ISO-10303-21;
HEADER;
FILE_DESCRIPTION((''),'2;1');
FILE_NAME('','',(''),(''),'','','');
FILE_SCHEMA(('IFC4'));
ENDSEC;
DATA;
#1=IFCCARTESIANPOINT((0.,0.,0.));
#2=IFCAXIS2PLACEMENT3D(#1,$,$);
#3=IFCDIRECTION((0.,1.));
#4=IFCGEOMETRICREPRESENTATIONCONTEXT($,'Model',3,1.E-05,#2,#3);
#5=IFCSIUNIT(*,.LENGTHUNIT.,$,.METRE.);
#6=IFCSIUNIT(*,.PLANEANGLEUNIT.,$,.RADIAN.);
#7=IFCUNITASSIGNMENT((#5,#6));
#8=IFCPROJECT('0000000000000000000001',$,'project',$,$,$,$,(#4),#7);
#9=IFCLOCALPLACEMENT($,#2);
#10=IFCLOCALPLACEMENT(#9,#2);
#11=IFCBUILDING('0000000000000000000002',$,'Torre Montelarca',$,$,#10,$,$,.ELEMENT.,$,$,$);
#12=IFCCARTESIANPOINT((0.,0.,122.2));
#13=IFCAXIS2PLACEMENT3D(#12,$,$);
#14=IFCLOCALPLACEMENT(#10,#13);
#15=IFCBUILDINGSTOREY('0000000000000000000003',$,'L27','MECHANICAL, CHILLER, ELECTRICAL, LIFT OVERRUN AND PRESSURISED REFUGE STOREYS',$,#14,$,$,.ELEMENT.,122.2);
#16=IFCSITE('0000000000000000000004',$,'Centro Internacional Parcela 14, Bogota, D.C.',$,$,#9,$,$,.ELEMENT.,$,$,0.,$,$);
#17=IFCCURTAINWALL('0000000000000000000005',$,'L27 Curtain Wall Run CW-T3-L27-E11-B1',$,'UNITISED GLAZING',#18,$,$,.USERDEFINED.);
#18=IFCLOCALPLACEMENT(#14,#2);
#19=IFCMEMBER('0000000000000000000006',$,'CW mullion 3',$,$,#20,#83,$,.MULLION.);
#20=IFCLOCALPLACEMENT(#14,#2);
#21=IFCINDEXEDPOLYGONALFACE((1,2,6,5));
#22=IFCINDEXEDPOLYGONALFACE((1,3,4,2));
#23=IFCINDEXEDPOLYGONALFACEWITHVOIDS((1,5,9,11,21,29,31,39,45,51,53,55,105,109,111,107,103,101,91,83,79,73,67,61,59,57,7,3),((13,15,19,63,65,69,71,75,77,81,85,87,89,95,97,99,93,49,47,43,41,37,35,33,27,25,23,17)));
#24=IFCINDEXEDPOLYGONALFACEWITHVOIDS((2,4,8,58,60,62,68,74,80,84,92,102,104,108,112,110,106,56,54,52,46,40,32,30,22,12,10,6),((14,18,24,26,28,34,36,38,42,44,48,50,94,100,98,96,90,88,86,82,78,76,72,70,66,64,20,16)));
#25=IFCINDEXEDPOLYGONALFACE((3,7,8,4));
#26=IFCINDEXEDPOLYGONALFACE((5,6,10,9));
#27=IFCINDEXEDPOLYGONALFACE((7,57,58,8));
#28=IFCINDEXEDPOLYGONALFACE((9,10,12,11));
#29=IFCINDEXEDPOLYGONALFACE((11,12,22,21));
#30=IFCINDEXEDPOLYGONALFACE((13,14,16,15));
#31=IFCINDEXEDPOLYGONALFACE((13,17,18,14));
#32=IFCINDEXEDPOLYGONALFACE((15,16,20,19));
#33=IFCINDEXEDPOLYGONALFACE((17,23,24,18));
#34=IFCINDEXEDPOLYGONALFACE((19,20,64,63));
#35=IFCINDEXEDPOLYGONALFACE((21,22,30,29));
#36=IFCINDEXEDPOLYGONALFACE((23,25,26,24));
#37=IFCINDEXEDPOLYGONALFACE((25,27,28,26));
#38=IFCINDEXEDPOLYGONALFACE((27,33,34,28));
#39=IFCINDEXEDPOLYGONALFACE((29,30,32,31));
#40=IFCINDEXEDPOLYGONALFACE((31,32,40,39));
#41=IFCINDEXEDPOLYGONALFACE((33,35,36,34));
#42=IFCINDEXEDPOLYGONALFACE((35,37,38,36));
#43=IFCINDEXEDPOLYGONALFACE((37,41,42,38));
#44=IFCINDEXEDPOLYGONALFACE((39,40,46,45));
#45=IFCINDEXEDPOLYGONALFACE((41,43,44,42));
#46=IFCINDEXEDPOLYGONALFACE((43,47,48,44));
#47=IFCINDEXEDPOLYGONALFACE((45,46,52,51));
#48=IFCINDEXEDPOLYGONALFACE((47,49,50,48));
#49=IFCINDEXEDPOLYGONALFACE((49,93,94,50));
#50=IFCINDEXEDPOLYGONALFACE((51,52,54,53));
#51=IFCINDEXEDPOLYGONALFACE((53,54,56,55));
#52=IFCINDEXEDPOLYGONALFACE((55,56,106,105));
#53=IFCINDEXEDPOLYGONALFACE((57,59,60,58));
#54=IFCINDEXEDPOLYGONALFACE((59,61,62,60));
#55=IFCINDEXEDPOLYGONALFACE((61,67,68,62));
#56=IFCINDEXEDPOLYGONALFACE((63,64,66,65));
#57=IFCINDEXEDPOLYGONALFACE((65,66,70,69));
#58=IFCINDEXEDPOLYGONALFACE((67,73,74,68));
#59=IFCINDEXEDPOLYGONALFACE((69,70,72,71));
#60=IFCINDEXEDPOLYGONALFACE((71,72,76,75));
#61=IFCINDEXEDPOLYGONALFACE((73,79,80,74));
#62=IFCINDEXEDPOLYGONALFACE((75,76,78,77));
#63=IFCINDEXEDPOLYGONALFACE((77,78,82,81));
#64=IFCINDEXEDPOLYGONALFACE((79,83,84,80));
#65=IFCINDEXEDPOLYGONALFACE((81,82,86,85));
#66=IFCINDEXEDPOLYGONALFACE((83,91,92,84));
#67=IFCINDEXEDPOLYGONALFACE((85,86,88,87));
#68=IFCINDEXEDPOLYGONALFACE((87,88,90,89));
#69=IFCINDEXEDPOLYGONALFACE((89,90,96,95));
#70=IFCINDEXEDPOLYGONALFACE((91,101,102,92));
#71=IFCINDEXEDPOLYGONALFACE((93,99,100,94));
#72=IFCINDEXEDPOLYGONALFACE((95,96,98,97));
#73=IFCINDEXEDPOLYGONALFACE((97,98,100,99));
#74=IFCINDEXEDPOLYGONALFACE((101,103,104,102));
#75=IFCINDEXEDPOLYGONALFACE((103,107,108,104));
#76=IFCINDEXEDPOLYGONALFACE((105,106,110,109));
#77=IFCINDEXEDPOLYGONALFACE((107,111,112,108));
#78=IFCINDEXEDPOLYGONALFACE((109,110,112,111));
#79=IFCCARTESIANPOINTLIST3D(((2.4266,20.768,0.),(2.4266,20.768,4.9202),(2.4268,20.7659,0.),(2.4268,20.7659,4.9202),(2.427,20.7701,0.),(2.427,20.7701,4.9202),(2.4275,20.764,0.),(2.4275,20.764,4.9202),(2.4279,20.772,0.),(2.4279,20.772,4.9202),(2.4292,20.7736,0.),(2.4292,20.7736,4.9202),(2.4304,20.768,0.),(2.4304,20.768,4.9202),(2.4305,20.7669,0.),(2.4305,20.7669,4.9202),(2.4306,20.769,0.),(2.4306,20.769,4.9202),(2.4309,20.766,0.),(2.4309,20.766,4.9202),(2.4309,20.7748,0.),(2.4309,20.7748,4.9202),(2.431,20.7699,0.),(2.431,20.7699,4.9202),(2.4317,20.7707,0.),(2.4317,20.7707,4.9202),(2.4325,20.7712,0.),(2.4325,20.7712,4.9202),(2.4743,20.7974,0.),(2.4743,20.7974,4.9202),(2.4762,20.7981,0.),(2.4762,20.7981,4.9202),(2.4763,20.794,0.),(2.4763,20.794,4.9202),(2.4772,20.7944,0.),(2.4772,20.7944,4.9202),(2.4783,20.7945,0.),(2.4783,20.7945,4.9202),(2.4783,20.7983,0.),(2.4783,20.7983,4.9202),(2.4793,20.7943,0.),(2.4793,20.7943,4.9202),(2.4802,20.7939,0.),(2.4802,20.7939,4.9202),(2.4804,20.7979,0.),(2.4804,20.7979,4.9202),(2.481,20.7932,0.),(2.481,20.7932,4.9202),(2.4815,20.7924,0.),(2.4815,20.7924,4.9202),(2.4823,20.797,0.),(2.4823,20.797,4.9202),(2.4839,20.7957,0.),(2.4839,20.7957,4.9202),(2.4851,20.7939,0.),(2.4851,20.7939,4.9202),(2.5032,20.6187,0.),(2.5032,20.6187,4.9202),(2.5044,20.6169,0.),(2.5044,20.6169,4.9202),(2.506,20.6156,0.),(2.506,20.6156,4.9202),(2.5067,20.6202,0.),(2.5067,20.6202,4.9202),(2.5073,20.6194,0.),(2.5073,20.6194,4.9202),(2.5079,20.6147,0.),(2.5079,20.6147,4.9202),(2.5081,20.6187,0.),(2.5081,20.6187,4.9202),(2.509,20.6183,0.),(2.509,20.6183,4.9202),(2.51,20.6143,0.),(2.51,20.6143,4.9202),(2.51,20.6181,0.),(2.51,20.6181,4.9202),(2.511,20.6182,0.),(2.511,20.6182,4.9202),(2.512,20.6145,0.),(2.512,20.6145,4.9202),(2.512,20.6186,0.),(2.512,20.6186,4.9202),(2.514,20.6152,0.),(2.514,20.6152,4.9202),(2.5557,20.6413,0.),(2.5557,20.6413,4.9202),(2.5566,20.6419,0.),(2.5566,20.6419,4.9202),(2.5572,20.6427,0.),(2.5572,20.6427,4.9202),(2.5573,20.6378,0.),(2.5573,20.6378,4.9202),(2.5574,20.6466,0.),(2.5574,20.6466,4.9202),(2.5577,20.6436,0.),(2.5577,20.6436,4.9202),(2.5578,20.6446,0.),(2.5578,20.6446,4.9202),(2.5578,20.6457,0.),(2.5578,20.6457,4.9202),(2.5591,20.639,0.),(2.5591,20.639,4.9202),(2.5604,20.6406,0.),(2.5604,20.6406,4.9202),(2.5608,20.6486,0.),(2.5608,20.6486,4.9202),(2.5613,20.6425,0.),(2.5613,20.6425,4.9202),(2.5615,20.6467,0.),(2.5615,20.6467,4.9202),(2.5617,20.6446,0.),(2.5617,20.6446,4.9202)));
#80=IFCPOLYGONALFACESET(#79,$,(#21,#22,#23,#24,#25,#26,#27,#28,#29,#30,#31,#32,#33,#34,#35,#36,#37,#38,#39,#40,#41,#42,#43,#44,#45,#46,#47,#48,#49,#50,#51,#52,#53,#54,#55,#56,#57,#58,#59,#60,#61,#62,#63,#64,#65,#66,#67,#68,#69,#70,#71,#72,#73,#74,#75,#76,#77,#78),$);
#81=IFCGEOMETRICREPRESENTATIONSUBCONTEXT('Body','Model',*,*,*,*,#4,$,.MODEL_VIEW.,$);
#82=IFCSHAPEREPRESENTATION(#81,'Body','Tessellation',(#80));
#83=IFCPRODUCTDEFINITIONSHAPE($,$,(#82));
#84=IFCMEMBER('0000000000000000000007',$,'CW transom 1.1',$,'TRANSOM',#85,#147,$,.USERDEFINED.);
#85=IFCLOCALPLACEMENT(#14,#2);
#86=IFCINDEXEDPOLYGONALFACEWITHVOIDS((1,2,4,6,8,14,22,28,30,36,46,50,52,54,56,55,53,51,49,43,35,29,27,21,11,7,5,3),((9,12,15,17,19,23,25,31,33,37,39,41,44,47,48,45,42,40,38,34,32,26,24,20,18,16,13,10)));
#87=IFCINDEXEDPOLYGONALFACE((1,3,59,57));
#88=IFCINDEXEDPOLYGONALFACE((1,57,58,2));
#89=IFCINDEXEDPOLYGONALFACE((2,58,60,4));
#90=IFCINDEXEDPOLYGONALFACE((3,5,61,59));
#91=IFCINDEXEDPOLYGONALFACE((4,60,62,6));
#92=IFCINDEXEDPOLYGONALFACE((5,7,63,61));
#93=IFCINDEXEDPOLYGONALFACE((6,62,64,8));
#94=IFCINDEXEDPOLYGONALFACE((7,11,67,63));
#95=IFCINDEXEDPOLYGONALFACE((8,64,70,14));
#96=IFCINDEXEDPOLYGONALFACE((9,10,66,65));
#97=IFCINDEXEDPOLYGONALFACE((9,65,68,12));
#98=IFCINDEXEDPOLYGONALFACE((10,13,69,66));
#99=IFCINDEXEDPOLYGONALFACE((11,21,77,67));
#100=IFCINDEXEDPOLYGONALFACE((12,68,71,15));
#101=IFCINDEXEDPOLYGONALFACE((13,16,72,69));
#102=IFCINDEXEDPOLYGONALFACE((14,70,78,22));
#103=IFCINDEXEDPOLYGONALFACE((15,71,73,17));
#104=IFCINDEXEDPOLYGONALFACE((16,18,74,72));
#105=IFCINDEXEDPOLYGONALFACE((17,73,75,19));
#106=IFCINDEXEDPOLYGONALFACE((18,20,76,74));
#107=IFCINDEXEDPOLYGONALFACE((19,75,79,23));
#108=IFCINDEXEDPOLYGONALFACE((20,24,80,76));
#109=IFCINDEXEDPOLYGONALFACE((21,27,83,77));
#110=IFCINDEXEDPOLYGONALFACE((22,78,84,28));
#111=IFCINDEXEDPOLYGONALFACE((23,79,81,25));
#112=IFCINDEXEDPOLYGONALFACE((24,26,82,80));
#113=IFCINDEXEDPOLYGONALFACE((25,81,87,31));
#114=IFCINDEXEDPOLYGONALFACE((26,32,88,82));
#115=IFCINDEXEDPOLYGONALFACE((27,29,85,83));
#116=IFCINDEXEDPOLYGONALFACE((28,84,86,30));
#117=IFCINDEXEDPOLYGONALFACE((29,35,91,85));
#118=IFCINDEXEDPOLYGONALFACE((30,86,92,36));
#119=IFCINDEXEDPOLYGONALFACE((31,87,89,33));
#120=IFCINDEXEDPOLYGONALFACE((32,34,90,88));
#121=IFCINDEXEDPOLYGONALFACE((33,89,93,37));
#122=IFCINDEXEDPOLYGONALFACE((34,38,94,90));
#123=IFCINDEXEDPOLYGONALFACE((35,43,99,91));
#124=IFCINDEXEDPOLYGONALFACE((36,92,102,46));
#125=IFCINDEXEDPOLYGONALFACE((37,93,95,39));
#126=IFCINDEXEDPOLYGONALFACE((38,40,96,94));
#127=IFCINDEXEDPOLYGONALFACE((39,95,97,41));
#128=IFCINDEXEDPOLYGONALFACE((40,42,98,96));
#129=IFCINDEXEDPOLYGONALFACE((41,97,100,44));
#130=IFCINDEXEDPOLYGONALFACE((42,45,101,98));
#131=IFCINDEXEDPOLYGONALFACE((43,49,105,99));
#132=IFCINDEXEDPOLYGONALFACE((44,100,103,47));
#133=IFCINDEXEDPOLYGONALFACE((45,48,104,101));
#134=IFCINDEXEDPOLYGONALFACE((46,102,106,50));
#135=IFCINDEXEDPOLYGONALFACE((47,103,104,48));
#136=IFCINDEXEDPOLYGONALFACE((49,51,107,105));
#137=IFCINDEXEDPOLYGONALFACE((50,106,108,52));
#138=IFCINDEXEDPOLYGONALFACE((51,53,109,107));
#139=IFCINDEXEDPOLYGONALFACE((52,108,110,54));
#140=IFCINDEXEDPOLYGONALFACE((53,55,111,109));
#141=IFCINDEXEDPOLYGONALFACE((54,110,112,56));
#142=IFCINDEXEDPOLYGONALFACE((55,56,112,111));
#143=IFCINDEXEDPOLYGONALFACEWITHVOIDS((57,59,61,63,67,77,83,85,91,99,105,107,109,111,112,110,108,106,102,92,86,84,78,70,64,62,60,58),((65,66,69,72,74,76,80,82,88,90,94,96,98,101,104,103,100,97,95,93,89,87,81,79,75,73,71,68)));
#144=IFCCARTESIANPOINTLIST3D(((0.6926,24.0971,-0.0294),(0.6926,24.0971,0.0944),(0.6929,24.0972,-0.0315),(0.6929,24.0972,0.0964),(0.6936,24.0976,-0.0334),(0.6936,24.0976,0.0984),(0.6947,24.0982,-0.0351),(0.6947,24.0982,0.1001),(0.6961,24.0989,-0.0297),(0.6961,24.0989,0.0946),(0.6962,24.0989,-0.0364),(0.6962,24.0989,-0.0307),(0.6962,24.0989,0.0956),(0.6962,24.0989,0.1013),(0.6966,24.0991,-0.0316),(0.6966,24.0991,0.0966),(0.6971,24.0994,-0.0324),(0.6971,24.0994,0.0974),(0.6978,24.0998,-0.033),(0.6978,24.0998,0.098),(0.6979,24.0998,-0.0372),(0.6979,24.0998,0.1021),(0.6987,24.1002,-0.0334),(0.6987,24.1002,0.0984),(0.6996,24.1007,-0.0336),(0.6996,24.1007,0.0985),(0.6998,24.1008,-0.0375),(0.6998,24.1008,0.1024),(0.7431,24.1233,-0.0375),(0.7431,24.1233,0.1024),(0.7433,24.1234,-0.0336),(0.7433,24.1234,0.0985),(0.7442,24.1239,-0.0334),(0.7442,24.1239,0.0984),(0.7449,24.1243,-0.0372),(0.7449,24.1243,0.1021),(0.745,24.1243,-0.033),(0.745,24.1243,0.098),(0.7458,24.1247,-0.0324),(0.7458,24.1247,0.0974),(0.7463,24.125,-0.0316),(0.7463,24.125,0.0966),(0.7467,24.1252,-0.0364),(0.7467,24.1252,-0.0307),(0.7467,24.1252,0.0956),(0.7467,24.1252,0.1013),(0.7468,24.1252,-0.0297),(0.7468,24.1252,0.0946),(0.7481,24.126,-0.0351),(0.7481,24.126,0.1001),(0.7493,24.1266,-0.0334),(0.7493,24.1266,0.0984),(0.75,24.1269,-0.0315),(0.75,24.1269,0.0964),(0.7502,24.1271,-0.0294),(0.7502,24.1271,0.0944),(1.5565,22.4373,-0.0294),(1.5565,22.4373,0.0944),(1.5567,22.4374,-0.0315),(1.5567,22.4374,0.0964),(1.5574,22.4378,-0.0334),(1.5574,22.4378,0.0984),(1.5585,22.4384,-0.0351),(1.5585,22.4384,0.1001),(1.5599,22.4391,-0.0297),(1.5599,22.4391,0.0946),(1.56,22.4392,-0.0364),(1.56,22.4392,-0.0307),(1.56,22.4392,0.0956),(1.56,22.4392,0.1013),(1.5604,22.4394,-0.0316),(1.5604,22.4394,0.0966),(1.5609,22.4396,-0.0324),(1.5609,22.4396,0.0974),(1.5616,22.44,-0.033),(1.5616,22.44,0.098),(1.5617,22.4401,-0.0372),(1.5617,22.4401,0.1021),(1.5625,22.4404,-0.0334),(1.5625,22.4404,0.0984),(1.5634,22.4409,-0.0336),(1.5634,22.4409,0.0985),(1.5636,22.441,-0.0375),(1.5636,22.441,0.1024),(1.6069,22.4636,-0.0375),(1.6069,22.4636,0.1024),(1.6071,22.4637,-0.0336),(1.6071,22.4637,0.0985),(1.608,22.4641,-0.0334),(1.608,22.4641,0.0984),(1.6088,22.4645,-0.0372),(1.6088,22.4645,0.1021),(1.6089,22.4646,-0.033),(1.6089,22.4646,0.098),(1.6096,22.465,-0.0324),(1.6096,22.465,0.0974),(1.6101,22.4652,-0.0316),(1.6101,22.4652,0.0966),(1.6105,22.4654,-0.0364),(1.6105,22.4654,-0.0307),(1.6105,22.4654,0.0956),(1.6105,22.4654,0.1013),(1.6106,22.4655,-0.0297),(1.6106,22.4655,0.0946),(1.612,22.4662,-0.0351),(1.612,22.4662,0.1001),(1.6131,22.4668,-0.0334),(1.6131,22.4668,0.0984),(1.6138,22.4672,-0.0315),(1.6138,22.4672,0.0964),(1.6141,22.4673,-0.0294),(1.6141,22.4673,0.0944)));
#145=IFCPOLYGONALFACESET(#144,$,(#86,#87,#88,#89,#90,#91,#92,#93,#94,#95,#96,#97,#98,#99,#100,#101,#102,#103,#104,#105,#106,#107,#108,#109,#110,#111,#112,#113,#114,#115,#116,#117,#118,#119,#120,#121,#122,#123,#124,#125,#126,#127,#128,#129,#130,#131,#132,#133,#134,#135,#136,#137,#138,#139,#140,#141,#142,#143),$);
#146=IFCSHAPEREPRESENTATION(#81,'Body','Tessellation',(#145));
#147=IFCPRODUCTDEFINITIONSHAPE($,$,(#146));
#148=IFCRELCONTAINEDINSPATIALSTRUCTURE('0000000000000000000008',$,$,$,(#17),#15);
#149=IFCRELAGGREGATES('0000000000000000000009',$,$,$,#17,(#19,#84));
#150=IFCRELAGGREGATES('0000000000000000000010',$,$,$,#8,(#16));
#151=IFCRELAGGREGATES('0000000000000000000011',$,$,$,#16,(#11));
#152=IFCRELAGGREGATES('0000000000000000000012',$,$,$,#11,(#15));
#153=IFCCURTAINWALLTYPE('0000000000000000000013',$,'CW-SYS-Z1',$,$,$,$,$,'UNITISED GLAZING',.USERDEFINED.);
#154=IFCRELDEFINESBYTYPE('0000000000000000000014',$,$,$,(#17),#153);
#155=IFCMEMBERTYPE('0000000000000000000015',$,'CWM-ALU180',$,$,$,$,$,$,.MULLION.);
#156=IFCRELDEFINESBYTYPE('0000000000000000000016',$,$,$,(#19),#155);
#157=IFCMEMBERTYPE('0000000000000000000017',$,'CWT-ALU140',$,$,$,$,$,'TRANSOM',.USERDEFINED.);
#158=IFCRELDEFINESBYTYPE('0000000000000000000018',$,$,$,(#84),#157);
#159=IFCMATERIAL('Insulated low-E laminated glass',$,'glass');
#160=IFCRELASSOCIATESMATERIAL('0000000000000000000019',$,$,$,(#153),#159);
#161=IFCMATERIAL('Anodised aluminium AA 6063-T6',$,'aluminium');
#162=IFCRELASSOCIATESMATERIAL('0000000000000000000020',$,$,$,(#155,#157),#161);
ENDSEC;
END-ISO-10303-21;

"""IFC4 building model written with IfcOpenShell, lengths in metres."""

from ifc_helpers import new_model, si_unit, direction, frame, origin, origin_2d, place, context, subcontext, project, spatial, hollow_rectangle, extrude, source, transform, mapped, material, material_profile, profile_set, type_object, element, aggregate, save


model = new_model("IFC4")

# Units and contexts
model_context = context("Model", 3, precision=1e-05, world=origin(), true_north=direction((0.0, 1.0)))
body_context = subcontext(model_context, "Body", "Model", "MODEL_VIEW")
ifc_project = project(units=[si_unit("LENGTHUNIT", "METRE"), si_unit("PLANEANGLEUNIT", "RADIAN")], contexts=[model_context])

# Site, building, storey
site_placement = place(None, origin())
site = spatial("IfcSite", under=ifc_project, at=site_placement, Name="Centro Internacional Parcela 14, Bogota, D.C.", CompositionType="ELEMENT", RefElevation=0.0)
building_placement = place(site_placement, origin())
building = spatial("IfcBuilding", under=site, at=building_placement, Name="Torre Montelarca", CompositionType="ELEMENT")
storey_placement = place(building_placement, frame((0.0, 0.0, 122.2)))
storey = spatial("IfcBuildingStorey", under=building, at=storey_placement, Name="L27", Description="MECHANICAL, CHILLER, ELECTRICAL, LIFT OVERRUN AND PRESSURISED REFUGE STOREYS", CompositionType="ELEMENT", Elevation=122.2)

# Curtain wall, members
ifc_material_1 = material(Name="Insulated low-E laminated glass", Category="glass")
curtain_wall_type = type_object("IfcCurtainWallType", Name="CW-SYS-Z1", ElementType="UNITISED GLAZING", PredefinedType="USERDEFINED", material=ifc_material_1)
curtain_wall_placement = place(storey_placement, origin())
curtain_wall = element("IfcCurtainWall", 1, at=curtain_wall_placement, inside=storey, type_object=curtain_wall_type, Name="L27 Curtain Wall Run CW-T3-L27-E11-B1", ObjectType="UNITISED GLAZING", PredefinedType="USERDEFINED")
ifc_material_2 = material(Name="Anodised aluminium AA 6063-T6", Category="aluminium")
ifc_material_profile_1 = material_profile(ifc_material_2, hollow_rectangle(XDim=0.0649, YDim=0.1799, WallThickness=0.0039, InnerFilletRadius=0.0039, OuterFilletRadius=0.0081, at=origin_2d()), Name="ALU65X180X4", Category="aluminium")
ifc_profile_set_1 = profile_set([ifc_material_profile_1], Name="Anodised aluminium AA 6063-T6")
member_type_1 = type_object("IfcMemberType", Name="CWM-ALU180", PredefinedType="MULLION", material=ifc_profile_set_1)
shared_shape_1 = source(origin(), body_context, "Body", "SweptSolid", [
    extrude(hollow_rectangle(XDim=0.0649, YDim=0.1799, WallThickness=0.0039, InnerFilletRadius=0.0039, OuterFilletRadius=0.0081, at=origin_2d()), origin(), (0.0, 0.0, 1.0), 4.9202),
])
member_1_placement = place(storey_placement, frame((2.4941, 20.7063, 0.0), z_axis=(0.0, 0.0, 1.0), x_axis=(0.887018, 0.461734, 0.0)))
member_1 = element("IfcMember", 2, at=member_1_placement, type_object=member_type_1, Name="CW mullion 3", PredefinedType="MULLION", context=body_context, shape_type="MappedRepresentation", body=[
    mapped(shared_shape_1, transform((0.0, 0.0, 0.0), scale=1.0)),
])
ifc_material_profile_2 = material_profile(ifc_material_2, hollow_rectangle(XDim=0.0649, YDim=0.1399, WallThickness=0.0039, InnerFilletRadius=0.0039, OuterFilletRadius=0.0081, at=origin_2d()), Name="ALU65X140X4", Category="aluminium")
ifc_profile_set_2 = profile_set([ifc_material_profile_2], Name="Anodised aluminium AA 6063-T6")
member_type_2 = type_object("IfcMemberType", Name="CWT-ALU140", ElementType="TRANSOM", PredefinedType="USERDEFINED", material=ifc_profile_set_2)
shared_shape_2 = source(origin(), body_context, "Body", "SweptSolid", [
    extrude(hollow_rectangle(XDim=0.0649, YDim=0.1399, WallThickness=0.0039, InnerFilletRadius=0.0039, OuterFilletRadius=0.0081, at=origin_2d()), origin(), (0.0, 0.0, 1.0), 1.8711),
])
member_2_placement = place(storey_placement, frame((0.7214, 24.1121, 0.0325), z_axis=(0.461665, -0.887054, 0.0), x_axis=(0.887054, 0.461665, 0.0)))
member_2 = element("IfcMember", 3, at=member_2_placement, type_object=member_type_2, Name="CW transom 1.1", ObjectType="TRANSOM", PredefinedType="USERDEFINED", context=body_context, shape_type="MappedRepresentation", body=[
    mapped(shared_shape_2, transform((0.0, 0.0, 0.0), scale=1.0)),
])
aggregate(curtain_wall, [member_1, member_2])

save(model, "model.ifc")
